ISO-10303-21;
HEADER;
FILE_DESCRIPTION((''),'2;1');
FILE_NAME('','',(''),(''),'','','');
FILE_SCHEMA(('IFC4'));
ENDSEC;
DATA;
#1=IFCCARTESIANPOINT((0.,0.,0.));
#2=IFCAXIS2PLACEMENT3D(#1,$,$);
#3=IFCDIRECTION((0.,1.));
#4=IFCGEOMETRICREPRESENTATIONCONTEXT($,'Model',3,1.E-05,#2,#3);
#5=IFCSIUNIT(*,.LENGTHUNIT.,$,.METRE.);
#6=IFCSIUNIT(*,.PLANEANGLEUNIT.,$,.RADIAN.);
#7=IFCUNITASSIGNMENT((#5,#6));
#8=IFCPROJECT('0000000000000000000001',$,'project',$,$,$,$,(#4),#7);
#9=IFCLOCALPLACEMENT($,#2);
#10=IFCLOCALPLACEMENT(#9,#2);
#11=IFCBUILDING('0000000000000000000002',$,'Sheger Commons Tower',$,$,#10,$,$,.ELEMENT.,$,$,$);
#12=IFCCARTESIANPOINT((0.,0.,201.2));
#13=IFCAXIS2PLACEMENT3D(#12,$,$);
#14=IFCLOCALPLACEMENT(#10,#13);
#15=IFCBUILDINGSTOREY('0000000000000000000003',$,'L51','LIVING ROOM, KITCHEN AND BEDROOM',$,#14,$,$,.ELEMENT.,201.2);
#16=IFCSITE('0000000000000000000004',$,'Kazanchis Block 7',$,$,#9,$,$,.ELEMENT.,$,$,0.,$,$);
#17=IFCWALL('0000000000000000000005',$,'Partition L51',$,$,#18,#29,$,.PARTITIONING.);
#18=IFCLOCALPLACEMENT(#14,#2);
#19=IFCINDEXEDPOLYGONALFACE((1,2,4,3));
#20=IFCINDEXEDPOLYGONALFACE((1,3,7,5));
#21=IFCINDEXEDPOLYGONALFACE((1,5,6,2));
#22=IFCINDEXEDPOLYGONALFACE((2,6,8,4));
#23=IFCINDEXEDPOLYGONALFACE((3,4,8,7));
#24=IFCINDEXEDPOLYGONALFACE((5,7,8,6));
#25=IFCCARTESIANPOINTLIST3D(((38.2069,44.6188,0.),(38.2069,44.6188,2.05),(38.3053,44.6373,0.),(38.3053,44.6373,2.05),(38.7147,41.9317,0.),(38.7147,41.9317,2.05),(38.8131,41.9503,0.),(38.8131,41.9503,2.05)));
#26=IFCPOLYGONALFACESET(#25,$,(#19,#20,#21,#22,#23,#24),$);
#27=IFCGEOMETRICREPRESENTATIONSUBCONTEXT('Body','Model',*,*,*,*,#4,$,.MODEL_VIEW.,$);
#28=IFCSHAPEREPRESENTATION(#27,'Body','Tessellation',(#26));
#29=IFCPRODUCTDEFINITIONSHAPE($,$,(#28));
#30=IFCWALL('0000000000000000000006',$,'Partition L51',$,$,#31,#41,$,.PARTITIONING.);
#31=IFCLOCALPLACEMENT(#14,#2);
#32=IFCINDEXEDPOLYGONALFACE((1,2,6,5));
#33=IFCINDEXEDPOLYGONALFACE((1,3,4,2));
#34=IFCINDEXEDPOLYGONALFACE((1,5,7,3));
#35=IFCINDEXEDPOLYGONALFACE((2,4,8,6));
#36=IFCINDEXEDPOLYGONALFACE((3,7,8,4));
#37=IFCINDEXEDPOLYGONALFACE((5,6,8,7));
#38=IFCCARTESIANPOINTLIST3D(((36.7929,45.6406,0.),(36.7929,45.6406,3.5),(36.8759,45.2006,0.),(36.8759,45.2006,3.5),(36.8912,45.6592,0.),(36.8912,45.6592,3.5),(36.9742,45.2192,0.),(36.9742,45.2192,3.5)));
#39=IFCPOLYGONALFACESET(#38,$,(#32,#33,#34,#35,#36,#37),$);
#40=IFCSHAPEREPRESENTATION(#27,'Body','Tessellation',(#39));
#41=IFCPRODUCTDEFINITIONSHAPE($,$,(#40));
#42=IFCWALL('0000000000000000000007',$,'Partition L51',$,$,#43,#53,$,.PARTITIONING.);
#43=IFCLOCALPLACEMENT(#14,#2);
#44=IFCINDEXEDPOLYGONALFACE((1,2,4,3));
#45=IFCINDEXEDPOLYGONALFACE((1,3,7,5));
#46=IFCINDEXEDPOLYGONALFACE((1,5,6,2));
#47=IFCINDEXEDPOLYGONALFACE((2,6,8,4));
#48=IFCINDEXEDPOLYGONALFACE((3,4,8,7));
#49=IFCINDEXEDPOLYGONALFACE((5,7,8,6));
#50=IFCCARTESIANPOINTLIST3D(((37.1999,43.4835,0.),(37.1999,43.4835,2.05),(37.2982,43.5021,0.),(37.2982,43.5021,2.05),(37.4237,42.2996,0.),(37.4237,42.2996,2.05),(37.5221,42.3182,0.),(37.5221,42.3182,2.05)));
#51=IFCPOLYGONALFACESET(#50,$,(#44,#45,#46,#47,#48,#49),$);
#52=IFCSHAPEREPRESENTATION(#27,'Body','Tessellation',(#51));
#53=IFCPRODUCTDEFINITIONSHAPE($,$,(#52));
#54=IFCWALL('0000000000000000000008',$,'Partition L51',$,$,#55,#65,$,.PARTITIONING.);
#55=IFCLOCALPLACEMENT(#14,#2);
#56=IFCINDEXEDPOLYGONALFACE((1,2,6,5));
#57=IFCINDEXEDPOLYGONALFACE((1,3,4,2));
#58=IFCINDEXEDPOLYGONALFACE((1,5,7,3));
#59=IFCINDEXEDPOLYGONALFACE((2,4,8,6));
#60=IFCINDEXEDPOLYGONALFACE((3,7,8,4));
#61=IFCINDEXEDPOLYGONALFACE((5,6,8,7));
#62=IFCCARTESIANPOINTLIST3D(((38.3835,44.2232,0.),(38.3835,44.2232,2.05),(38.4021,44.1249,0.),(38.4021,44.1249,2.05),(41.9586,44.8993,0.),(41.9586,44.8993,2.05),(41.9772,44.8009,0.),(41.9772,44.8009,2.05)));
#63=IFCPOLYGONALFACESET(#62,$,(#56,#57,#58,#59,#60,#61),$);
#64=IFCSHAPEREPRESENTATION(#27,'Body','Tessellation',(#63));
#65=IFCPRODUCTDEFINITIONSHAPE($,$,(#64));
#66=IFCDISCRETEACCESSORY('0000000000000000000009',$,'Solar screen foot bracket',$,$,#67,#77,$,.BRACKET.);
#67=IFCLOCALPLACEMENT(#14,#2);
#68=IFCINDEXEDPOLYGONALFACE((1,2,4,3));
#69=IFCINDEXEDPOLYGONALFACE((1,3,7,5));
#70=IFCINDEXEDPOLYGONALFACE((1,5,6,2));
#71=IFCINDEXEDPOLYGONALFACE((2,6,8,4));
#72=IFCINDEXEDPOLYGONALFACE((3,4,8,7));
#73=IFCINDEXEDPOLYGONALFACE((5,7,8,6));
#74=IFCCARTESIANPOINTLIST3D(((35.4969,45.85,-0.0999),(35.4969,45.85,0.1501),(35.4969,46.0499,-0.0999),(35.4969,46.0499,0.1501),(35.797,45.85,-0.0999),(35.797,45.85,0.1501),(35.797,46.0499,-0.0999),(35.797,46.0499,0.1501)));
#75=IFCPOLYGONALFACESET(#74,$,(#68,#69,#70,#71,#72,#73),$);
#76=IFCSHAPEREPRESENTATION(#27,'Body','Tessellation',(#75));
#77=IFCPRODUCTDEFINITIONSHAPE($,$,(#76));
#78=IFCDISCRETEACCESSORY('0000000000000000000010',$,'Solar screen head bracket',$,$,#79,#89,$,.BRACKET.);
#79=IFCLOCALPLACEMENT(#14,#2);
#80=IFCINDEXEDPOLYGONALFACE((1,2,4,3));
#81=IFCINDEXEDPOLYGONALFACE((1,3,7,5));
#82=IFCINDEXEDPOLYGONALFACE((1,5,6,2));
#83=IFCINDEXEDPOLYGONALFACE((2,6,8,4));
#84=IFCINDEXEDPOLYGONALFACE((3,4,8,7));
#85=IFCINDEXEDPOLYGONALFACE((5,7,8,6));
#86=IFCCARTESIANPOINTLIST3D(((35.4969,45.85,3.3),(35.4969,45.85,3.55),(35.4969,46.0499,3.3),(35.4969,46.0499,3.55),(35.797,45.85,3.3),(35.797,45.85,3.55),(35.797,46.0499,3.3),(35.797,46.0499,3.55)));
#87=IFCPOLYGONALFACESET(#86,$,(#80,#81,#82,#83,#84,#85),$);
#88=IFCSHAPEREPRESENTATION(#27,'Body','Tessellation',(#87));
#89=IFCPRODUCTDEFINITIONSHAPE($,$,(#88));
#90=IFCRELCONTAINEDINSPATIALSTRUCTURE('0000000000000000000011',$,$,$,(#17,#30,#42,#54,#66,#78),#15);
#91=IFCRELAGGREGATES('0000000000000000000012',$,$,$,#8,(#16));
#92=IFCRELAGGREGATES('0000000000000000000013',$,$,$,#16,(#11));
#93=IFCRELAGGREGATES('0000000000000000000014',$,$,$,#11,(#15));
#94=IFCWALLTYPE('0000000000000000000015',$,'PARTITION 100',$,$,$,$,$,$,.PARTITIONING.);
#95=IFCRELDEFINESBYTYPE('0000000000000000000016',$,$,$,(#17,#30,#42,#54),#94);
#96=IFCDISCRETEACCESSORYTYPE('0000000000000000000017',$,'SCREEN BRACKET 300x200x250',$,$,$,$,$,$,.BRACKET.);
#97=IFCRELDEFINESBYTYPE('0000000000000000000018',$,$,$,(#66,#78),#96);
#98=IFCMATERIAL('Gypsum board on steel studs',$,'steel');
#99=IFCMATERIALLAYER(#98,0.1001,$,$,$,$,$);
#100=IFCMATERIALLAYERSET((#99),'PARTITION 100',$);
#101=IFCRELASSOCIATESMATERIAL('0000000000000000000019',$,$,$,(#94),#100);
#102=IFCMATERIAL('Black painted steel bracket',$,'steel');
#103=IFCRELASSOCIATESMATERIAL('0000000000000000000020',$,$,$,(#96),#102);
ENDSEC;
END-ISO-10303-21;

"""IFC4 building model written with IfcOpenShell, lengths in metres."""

from ifc_helpers import new_model, si_unit, direction, frame, frame_2d, origin, origin_2d, place, context, subcontext, project, spatial, rectangle, extrude, material, layer, layer_set, type_object, element, save


model = new_model("IFC4")

# Units and contexts
model_context = context("Model", 3, precision=1e-05, world=origin(), true_north=direction((0.0, 1.0)))
body_context = subcontext(model_context, "Body", "Model", "MODEL_VIEW")
ifc_project = project(units=[si_unit("LENGTHUNIT", "METRE"), si_unit("PLANEANGLEUNIT", "RADIAN")], contexts=[model_context])

# Site, building, storey
site_placement = place(None, origin())
site = spatial("IfcSite", under=ifc_project, at=site_placement, Name="Kazanchis Block 7", CompositionType="ELEMENT", RefElevation=0.0)
building_placement = place(site_placement, origin())
building = spatial("IfcBuilding", under=site, at=building_placement, Name="Sheger Commons Tower", CompositionType="ELEMENT")
storey_placement = place(building_placement, frame((0.0, 0.0, 201.2)))
storey = spatial("IfcBuildingStorey", under=building, at=storey_placement, Name="L51", Description="LIVING ROOM, KITCHEN AND BEDROOM", CompositionType="ELEMENT", Elevation=201.2)

# Walls
ifc_material_1 = material(Name="Gypsum board on steel studs", Category="steel")
ifc_layer_1 = layer(ifc_material_1, 0.1001)
ifc_layer_set_1 = layer_set([ifc_layer_1], Name="PARTITION 100")
wall_type_1 = type_object("IfcWallType", Name="PARTITION 100", PredefinedType="PARTITIONING", material=ifc_layer_set_1)
wall_1_placement = place(storey_placement, frame((38.2561, 44.6279, 0.0), z_axis=(0.0, 0.0, 1.0), x_axis=(0.185701, -0.982606, 0.0)))
element("IfcWall", 1, at=wall_1_placement, inside=storey, type_object=wall_type_1, Name="Partition L51", PredefinedType="PARTITIONING", context=body_context, shape_type="SweptSolid", body=[
    extrude(rectangle(XDim=2.7346, YDim=0.1001, at=frame_2d((1.3672, 0.0))), origin(), (0.0, 0.0, 1.0), 2.05),
])
wall_2_placement = place(storey_placement, frame((36.842, 45.6499, 0.0), z_axis=(0.0, 0.0, 1.0), x_axis=(0.185408, -0.982662, 0.0)))
element("IfcWall", 2, at=wall_2_placement, inside=storey, type_object=wall_type_1, Name="Partition L51", PredefinedType="PARTITIONING", context=body_context, shape_type="SweptSolid", body=[
    extrude(rectangle(XDim=0.4478, YDim=0.1001, at=frame_2d((0.2239, 0.0))), origin(), (0.0, 0.0, 1.0), 3.5),
])
wall_3_placement = place(storey_placement, frame((37.249, 43.4929, 0.0), z_axis=(0.0, 0.0, 1.0), x_axis=(0.185818, -0.982584, 0.0)))
element("IfcWall", 3, at=wall_3_placement, inside=storey, type_object=wall_type_1, Name="Partition L51", PredefinedType="PARTITIONING", context=body_context, shape_type="SweptSolid", body=[
    extrude(rectangle(XDim=1.2048, YDim=0.1001, at=frame_2d((0.6025, 0.0))), origin(), (0.0, 0.0, 1.0), 2.05),
])
wall_4_placement = place(storey_placement, frame((41.968, 44.8501, 0.0), z_axis=(0.0, 0.0, 1.0), x_axis=(-0.982586, -0.185808, 0.0)))
element("IfcWall", 4, at=wall_4_placement, inside=storey, type_object=wall_type_1, Name="Partition L51", PredefinedType="PARTITIONING", context=body_context, shape_type="SweptSolid", body=[
    extrude(rectangle(XDim=3.6384, YDim=0.1001, at=frame_2d((1.8193, 0.0))), origin(), (0.0, 0.0, 1.0), 2.05),
])

# Discrete accessories
ifc_material_2 = material(Name="Black painted steel bracket", Category="steel")
discrete_accessory_type = type_object("IfcDiscreteAccessoryType", Name="SCREEN BRACKET 300x200x250", PredefinedType="BRACKET", material=ifc_material_2)
for number, where, z_axis, x_axis, name in (
    (5, (35.647, 45.95, -0.0999), (0.0, 0.0, 1.0), (-1.0, 0.0, 0.0), "Solar screen foot bracket"),
    (6, (35.647, 45.95, 3.3), (0.0, 0.0, 1.0), (-1.0, 0.0, 0.0), "Solar screen head bracket"),
):
    element("IfcDiscreteAccessory", number, at=place(storey_placement, frame(where, z_axis=z_axis, x_axis=x_axis)), inside=storey, type_object=discrete_accessory_type, Name=name, PredefinedType="BRACKET", context=body_context, shape_type="SweptSolid", body=[
        extrude(rectangle(XDim=0.3, YDim=0.2, at=origin_2d()), origin(), (0.0, 0.0, 1.0), 0.25),
    ])

save(model, "model.ifc")
